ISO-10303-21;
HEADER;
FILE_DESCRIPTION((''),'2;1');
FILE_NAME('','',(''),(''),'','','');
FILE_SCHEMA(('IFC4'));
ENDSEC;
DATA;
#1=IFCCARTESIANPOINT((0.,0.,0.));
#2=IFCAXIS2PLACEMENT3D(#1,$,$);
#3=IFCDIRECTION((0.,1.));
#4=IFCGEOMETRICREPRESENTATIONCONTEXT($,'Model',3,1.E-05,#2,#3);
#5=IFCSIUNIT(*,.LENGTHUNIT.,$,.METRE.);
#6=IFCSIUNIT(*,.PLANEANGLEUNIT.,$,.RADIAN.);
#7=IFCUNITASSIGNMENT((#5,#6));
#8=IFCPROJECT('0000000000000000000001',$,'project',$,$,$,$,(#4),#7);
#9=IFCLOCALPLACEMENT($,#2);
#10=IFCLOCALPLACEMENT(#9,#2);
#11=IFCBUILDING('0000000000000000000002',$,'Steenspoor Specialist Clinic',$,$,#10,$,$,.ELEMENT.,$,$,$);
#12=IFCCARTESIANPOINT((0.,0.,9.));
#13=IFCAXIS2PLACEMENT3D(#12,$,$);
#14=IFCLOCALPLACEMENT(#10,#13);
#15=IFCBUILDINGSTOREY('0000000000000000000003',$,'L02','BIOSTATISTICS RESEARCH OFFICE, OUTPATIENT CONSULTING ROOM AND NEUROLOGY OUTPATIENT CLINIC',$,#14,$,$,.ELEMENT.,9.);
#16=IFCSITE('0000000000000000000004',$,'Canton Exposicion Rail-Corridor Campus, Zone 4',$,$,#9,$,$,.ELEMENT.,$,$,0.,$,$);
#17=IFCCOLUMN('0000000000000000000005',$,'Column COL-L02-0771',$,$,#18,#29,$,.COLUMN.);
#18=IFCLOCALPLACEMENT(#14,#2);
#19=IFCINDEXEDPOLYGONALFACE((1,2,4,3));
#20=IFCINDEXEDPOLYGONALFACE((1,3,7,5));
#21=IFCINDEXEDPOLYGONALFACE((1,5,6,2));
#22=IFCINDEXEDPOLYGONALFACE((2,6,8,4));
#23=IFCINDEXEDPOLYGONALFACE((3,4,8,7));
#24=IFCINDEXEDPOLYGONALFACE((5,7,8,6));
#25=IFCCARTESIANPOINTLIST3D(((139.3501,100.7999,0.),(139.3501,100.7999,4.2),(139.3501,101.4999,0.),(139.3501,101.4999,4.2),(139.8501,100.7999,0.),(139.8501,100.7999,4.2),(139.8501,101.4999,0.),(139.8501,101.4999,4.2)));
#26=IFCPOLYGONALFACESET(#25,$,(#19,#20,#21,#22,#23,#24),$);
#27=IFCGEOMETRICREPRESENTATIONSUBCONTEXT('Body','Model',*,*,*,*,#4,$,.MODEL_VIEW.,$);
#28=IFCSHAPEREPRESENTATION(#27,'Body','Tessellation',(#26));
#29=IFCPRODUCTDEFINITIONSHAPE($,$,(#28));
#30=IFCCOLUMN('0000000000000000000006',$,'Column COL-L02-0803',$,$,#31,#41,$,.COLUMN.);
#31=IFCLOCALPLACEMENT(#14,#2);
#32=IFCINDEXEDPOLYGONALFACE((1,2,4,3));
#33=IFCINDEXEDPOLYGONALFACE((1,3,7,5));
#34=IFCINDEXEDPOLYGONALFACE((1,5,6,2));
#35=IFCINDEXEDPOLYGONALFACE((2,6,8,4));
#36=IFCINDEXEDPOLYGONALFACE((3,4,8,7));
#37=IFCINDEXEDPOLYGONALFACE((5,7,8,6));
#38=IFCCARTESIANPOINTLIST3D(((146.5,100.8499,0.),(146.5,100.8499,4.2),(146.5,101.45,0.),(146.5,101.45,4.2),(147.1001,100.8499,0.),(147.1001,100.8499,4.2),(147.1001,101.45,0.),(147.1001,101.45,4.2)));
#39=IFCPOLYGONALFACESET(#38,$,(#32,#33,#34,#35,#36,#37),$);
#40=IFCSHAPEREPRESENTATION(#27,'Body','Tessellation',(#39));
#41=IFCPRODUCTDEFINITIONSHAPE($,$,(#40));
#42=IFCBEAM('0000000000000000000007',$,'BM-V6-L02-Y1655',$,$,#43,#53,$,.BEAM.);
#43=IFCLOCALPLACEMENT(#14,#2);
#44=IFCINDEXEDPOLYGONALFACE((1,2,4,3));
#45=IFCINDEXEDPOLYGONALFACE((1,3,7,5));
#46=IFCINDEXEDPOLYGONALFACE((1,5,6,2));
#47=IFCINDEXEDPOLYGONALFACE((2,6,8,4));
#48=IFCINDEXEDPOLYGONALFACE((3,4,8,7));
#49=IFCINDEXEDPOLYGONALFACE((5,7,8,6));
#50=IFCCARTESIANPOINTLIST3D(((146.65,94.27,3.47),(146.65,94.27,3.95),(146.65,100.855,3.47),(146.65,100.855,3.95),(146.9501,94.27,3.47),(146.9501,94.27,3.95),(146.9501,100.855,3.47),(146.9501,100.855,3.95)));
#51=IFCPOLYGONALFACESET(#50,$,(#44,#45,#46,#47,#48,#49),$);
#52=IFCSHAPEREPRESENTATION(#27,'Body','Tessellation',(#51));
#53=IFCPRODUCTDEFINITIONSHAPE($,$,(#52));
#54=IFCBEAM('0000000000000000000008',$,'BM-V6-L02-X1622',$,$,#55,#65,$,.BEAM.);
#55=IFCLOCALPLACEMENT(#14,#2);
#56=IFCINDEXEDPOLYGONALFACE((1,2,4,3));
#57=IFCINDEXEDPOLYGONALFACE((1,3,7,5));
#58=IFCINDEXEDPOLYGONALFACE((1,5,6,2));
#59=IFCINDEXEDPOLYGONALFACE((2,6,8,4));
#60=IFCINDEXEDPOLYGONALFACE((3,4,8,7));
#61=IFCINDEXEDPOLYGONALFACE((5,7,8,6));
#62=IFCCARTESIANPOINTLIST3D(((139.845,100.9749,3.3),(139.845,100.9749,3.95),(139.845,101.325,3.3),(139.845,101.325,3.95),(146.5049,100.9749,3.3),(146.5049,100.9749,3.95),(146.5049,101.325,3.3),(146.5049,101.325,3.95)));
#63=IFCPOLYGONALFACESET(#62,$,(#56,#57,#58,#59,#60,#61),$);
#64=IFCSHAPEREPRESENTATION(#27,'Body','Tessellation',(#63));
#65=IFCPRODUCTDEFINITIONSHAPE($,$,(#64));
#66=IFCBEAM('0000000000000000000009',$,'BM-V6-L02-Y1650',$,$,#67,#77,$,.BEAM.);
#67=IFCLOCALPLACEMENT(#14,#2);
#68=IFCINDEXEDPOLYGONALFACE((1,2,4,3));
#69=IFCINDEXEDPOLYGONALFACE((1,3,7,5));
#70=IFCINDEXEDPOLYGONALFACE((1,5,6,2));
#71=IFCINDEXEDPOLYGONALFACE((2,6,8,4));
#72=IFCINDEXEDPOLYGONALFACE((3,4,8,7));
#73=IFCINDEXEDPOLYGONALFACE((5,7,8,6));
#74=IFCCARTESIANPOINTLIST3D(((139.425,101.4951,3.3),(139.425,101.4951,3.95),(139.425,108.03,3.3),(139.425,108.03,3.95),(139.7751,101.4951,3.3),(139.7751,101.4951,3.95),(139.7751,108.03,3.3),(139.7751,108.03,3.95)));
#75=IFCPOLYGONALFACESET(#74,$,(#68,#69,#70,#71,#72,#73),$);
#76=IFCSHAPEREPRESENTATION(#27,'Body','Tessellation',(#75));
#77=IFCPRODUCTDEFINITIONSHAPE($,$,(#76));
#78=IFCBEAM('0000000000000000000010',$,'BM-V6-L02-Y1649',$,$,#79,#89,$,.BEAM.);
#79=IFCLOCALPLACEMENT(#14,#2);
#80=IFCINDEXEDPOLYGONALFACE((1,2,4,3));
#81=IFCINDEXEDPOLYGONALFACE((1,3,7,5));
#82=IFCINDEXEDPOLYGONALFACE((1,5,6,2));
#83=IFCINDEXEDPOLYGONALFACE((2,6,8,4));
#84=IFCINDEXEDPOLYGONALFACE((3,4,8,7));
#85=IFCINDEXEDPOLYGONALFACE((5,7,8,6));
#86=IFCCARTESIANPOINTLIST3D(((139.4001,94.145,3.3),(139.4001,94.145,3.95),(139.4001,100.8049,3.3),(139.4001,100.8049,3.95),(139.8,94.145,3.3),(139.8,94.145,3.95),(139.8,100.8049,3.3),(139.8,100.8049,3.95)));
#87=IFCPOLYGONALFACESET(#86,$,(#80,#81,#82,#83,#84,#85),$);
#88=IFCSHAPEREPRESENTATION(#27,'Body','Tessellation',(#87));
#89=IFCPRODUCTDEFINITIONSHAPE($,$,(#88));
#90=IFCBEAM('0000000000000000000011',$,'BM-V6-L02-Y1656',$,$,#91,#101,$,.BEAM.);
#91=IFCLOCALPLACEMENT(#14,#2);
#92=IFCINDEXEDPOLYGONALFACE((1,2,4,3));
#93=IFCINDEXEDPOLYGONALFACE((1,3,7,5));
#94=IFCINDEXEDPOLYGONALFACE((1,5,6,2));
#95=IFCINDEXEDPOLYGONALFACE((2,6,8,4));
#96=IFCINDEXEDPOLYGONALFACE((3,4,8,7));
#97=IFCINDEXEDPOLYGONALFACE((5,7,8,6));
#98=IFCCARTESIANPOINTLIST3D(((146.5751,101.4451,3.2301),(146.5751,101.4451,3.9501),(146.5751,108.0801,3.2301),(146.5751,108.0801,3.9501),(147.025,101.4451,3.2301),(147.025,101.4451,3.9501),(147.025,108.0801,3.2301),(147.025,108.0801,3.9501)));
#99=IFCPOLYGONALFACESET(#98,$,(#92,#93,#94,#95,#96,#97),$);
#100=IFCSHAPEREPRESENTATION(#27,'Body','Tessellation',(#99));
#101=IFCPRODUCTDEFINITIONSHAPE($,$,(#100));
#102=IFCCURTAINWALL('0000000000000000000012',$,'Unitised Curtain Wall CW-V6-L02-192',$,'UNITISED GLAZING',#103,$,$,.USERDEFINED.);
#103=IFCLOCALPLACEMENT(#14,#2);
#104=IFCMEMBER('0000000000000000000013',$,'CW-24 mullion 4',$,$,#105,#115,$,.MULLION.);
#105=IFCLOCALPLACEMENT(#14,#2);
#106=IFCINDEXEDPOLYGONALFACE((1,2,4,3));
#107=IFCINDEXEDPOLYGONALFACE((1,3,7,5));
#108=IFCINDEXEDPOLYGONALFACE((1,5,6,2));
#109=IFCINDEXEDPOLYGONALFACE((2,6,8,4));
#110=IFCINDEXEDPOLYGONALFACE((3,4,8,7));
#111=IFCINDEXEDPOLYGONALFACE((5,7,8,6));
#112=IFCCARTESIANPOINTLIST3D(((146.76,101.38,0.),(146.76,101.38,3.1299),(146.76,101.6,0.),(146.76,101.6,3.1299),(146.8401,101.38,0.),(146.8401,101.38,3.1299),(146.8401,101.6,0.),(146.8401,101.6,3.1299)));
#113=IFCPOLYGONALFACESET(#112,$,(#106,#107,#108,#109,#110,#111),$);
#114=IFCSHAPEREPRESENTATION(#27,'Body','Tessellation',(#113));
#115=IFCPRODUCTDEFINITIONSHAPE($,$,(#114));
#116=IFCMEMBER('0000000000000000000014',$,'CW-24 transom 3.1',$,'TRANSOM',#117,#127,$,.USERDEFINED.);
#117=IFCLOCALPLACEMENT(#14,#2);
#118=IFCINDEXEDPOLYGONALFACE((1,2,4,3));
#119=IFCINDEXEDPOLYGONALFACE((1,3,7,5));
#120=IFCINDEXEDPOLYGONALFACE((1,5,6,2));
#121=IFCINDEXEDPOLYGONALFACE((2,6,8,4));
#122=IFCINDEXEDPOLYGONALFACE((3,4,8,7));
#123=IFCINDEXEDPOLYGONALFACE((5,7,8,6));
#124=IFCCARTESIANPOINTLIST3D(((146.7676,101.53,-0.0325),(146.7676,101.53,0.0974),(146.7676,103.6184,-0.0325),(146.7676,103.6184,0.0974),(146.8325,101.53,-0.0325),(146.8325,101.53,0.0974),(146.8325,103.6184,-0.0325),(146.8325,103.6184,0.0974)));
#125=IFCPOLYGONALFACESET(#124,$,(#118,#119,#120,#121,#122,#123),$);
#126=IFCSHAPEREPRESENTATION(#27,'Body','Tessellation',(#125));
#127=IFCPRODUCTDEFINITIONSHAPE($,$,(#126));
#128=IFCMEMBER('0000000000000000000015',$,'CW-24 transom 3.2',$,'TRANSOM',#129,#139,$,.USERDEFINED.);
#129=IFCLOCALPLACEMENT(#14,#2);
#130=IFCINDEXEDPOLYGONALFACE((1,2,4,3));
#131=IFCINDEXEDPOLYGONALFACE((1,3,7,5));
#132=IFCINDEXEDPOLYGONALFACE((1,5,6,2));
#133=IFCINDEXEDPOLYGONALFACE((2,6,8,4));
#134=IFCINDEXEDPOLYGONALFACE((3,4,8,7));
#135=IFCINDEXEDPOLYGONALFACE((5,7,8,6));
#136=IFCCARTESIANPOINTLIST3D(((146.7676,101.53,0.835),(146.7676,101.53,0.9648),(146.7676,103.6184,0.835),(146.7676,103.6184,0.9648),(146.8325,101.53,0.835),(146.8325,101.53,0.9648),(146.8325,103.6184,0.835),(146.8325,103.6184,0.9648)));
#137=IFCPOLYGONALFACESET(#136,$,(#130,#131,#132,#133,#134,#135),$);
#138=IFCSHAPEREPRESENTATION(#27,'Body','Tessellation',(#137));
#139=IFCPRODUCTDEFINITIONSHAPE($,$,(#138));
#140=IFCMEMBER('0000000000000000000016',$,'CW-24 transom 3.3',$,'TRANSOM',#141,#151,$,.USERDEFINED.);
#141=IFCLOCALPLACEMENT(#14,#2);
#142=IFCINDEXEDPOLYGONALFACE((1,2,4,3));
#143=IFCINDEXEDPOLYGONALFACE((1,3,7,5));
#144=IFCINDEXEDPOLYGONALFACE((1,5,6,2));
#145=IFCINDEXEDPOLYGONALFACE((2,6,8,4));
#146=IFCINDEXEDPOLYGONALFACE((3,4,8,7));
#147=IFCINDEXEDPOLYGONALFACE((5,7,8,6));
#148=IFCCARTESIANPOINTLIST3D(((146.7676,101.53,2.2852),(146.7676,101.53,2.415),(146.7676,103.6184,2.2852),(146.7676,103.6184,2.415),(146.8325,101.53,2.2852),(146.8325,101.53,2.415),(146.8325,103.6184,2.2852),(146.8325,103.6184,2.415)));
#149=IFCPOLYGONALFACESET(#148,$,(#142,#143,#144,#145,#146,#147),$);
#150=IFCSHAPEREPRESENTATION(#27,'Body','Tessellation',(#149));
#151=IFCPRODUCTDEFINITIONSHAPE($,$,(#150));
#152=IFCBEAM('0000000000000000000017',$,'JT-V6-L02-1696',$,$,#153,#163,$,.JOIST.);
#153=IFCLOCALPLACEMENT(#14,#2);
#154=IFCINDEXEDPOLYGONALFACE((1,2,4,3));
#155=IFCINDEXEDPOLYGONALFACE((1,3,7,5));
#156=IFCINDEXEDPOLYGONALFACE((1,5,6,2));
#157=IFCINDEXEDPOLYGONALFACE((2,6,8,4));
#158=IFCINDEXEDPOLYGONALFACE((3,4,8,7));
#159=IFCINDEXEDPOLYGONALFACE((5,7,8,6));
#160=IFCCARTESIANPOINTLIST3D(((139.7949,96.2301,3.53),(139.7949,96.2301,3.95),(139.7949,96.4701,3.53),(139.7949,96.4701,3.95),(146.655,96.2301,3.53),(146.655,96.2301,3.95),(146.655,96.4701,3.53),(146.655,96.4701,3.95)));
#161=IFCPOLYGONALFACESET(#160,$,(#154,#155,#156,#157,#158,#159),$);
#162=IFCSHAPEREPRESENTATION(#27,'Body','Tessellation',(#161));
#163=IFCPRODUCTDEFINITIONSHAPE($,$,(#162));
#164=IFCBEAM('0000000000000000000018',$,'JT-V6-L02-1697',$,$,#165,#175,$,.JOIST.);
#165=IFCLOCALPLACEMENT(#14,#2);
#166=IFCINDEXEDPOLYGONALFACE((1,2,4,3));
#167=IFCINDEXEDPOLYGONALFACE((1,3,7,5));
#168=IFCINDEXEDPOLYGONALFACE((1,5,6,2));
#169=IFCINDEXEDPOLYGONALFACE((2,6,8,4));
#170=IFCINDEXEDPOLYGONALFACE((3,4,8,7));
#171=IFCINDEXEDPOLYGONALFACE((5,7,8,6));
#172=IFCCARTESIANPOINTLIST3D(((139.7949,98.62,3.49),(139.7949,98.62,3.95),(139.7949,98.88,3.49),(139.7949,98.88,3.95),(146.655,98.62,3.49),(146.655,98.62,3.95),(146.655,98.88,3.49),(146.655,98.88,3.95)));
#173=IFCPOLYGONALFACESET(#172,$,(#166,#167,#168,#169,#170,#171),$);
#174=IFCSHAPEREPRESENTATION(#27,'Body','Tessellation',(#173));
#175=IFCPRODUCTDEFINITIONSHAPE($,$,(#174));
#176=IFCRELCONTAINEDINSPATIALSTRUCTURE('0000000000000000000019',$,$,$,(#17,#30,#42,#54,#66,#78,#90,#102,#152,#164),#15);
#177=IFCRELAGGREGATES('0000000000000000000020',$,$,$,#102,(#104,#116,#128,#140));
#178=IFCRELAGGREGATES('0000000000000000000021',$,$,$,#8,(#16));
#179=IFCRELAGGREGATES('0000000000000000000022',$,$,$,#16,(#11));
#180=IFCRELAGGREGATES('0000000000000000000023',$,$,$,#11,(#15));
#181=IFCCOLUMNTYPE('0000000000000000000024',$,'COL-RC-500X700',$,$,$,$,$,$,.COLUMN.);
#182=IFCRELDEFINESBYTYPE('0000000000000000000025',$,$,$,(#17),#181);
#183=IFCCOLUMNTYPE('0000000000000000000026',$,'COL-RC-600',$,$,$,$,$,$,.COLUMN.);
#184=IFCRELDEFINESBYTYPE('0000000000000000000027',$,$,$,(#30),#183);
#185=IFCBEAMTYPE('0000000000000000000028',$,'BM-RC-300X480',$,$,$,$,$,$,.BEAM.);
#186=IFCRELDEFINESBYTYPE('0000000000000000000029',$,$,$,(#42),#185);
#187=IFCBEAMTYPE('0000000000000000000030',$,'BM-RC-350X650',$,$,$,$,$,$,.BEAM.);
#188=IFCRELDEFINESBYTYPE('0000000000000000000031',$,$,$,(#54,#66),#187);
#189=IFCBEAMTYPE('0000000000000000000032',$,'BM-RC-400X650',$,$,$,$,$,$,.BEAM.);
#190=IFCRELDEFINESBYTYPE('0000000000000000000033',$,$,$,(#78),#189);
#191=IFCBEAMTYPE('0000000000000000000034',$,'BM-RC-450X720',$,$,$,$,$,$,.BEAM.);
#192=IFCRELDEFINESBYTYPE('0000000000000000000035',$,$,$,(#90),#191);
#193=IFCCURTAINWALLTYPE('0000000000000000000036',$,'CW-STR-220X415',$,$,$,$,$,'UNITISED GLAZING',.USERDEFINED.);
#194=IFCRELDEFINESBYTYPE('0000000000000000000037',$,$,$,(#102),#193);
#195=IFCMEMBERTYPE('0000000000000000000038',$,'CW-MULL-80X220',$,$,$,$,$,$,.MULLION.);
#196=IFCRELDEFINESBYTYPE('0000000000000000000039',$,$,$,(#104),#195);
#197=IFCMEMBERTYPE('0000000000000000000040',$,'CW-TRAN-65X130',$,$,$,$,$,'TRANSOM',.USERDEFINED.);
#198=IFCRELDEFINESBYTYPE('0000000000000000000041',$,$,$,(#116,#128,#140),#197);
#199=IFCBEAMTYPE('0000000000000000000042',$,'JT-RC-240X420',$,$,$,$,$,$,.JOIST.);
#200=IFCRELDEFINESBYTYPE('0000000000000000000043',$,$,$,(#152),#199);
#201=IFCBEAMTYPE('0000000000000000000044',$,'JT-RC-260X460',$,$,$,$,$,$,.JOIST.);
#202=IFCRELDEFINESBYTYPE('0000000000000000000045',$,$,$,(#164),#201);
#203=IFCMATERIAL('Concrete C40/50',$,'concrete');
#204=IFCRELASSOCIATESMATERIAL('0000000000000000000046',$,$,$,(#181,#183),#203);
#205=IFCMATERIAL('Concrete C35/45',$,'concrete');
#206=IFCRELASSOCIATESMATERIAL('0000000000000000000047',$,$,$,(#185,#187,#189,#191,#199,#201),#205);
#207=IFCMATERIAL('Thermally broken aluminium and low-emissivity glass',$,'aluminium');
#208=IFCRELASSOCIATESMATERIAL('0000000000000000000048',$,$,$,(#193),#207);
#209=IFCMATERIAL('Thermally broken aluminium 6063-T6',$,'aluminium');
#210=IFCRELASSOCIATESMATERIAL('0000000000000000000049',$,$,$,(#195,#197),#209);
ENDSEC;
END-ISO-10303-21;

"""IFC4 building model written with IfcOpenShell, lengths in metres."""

from ifc_helpers import new_model, si_unit, direction, frame, origin, origin_2d, place, context, subcontext, project, spatial, rectangle, extrude, material, material_profile, profile_set, type_object, element, aggregate, save


model = new_model("IFC4")

# Units and contexts
model_context = context("Model", 3, precision=1e-05, world=origin(), true_north=direction((0.0, 1.0)))
body_context = subcontext(model_context, "Body", "Model", "MODEL_VIEW")
ifc_project = project(units=[si_unit("LENGTHUNIT", "METRE"), si_unit("PLANEANGLEUNIT", "RADIAN")], contexts=[model_context])

# Site, building, storey
site_placement = place(None, origin())
site = spatial("IfcSite", under=ifc_project, at=site_placement, Name="Canton Exposicion Rail-Corridor Campus, Zone 4", CompositionType="ELEMENT", RefElevation=0.0)
building_placement = place(site_placement, origin())
building = spatial("IfcBuilding", under=site, at=building_placement, Name="Steenspoor Specialist Clinic", CompositionType="ELEMENT")
storey_placement = place(building_placement, frame((0.0, 0.0, 9.0)))
storey = spatial("IfcBuildingStorey", under=building, at=storey_placement, Name="L02", Description="BIOSTATISTICS RESEARCH OFFICE, OUTPATIENT CONSULTING ROOM AND NEUROLOGY OUTPATIENT CLINIC", CompositionType="ELEMENT", Elevation=9.0)

# Columns
ifc_material_1 = material(Name="Concrete C40/50", Category="concrete")
ifc_material_profile_1 = material_profile(ifc_material_1, rectangle(XDim=0.5, YDim=0.7, at=origin_2d()), Name="RC-COL-500X700")
ifc_profile_set_1 = profile_set([ifc_material_profile_1], Name="Concrete C40/50")
column_type_1 = type_object("IfcColumnType", Name="COL-RC-500X700", PredefinedType="COLUMN", material=ifc_profile_set_1)
column_1_placement = place(storey_placement, frame((139.6001, 101.1499, 0.0), z_axis=(0.0, 0.0, 1.0), x_axis=(1.0, 0.0, 0.0)))
element("IfcColumn", 1, at=column_1_placement, inside=storey, type_object=column_type_1, Name="Column COL-L02-0771", PredefinedType="COLUMN", context=body_context, shape_type="SweptSolid", body=[
    extrude(rectangle(XDim=0.5, YDim=0.7, at=origin_2d()), origin(), (0.0, 0.0, 1.0), 4.2),
])
ifc_material_profile_2 = material_profile(ifc_material_1, rectangle(XDim=0.6001, YDim=0.6001, at=origin_2d()), Name="RC-COL-600X600")
ifc_profile_set_2 = profile_set([ifc_material_profile_2], Name="Concrete C40/50")
column_type_2 = type_object("IfcColumnType", Name="COL-RC-600", PredefinedType="COLUMN", material=ifc_profile_set_2)
column_2_placement = place(storey_placement, frame((146.8, 101.1499, 0.0), z_axis=(0.0, 0.0, 1.0), x_axis=(1.0, 0.0, 0.0)))
element("IfcColumn", 2, at=column_2_placement, inside=storey, type_object=column_type_2, Name="Column COL-L02-0803", PredefinedType="COLUMN", context=body_context, shape_type="SweptSolid", body=[
    extrude(rectangle(XDim=0.6001, YDim=0.6001, at=origin_2d()), origin(), (0.0, 0.0, 1.0), 4.2),
])

# Beams
ifc_material_2 = material(Name="Concrete C35/45", Category="concrete")
ifc_material_profile_3 = material_profile(ifc_material_2, rectangle(XDim=0.3, YDim=0.48, at=origin_2d()), Name="RC-BM-300X480")
ifc_profile_set_3 = profile_set([ifc_material_profile_3], Name="Concrete C35/45")
beam_type_1 = type_object("IfcBeamType", Name="BM-RC-300X480", PredefinedType="BEAM", material=ifc_profile_set_3)
beam_1_placement = place(storey_placement, frame((146.8, 94.27, 3.71), z_axis=(0.0, 1.0, 0.0), x_axis=(-1.0, 0.0, 0.0)))
element("IfcBeam", 3, at=beam_1_placement, inside=storey, type_object=beam_type_1, Name="BM-V6-L02-Y1655", PredefinedType="BEAM", context=body_context, shape_type="SweptSolid", body=[
    extrude(rectangle(XDim=0.3, YDim=0.48, at=origin_2d()), origin(), (0.0, 0.0, 1.0), 6.585),
])
ifc_material_profile_4 = material_profile(ifc_material_2, rectangle(XDim=0.3501, YDim=0.6499, at=origin_2d()), Name="RC-BM-350X650")
ifc_profile_set_4 = profile_set([ifc_material_profile_4], Name="Concrete C35/45")
beam_type_2 = type_object("IfcBeamType", Name="BM-RC-350X650", PredefinedType="BEAM", material=ifc_profile_set_4)
beam_2_placement = place(storey_placement, frame((139.845, 101.1499, 3.625), z_axis=(1.0, 0.0, 0.0), x_axis=(0.0, 1.0, 0.0)))
element("IfcBeam", 4, at=beam_2_placement, inside=storey, type_object=beam_type_2, Name="BM-V6-L02-X1622", PredefinedType="BEAM", context=body_context, shape_type="SweptSolid", body=[
    extrude(rectangle(XDim=0.3501, YDim=0.6499, at=origin_2d()), origin(), (0.0, 0.0, 1.0), 6.6599),
])
beam_3_placement = place(storey_placement, frame((139.6001, 101.4951, 3.625), z_axis=(0.0, 1.0, 0.0), x_axis=(-1.0, 0.0, 0.0)))
element("IfcBeam", 5, at=beam_3_placement, inside=storey, type_object=beam_type_2, Name="BM-V6-L02-Y1650", PredefinedType="BEAM", context=body_context, shape_type="SweptSolid", body=[
    extrude(rectangle(XDim=0.3501, YDim=0.6499, at=origin_2d()), origin(), (0.0, 0.0, 1.0), 6.5349),
])
ifc_material_profile_5 = material_profile(ifc_material_2, rectangle(XDim=0.3999, YDim=0.6499, at=origin_2d()), Name="RC-BM-400X650")
ifc_profile_set_5 = profile_set([ifc_material_profile_5], Name="Concrete C35/45")
beam_type_3 = type_object("IfcBeamType", Name="BM-RC-400X650", PredefinedType="BEAM", material=ifc_profile_set_5)
beam_4_placement = place(storey_placement, frame((139.6001, 94.145, 3.625), z_axis=(0.0, 1.0, 0.0), x_axis=(-1.0, 0.0, 0.0)))
element("IfcBeam", 6, at=beam_4_placement, inside=storey, type_object=beam_type_3, Name="BM-V6-L02-Y1649", PredefinedType="BEAM", context=body_context, shape_type="SweptSolid", body=[
    extrude(rectangle(XDim=0.3999, YDim=0.6499, at=origin_2d()), origin(), (0.0, 0.0, 1.0), 6.6599),
])
ifc_material_profile_6 = material_profile(ifc_material_2, rectangle(XDim=0.45, YDim=0.72, at=origin_2d()), Name="RC-BM-450X720")
ifc_profile_set_6 = profile_set([ifc_material_profile_6], Name="Concrete C35/45")
beam_type_4 = type_object("IfcBeamType", Name="BM-RC-450X720", PredefinedType="BEAM", material=ifc_profile_set_6)
beam_5_placement = place(storey_placement, frame((146.8, 101.4451, 3.5901), z_axis=(0.0, 1.0, 0.0), x_axis=(-1.0, 0.0, 0.0)))
element("IfcBeam", 7, at=beam_5_placement, inside=storey, type_object=beam_type_4, Name="BM-V6-L02-Y1656", PredefinedType="BEAM", context=body_context, shape_type="SweptSolid", body=[
    extrude(rectangle(XDim=0.45, YDim=0.72, at=origin_2d()), origin(), (0.0, 0.0, 1.0), 6.635),
])

# Curtain wall, members
ifc_material_3 = material(Name="Thermally broken aluminium and low-emissivity glass", Category="aluminium")
curtain_wall_type = type_object("IfcCurtainWallType", Name="CW-STR-220X415", ElementType="UNITISED GLAZING", PredefinedType="USERDEFINED", material=ifc_material_3)
curtain_wall_placement = place(storey_placement, origin())
curtain_wall = element("IfcCurtainWall", 8, at=curtain_wall_placement, inside=storey, type_object=curtain_wall_type, Name="Unitised Curtain Wall CW-V6-L02-192", ObjectType="UNITISED GLAZING", PredefinedType="USERDEFINED")
ifc_material_4 = material(Name="Thermally broken aluminium 6063-T6", Category="aluminium")
ifc_material_profile_7 = material_profile(ifc_material_4, rectangle(XDim=0.0801, YDim=0.22, at=origin_2d()), Name="CWM-80X220")
ifc_profile_set_7 = profile_set([ifc_material_profile_7], Name="Thermally broken aluminium 6063-T6")
member_type_1 = type_object("IfcMemberType", Name="CW-MULL-80X220", PredefinedType="MULLION", material=ifc_profile_set_7)
member_1_placement = place(storey_placement, frame((146.8, 101.49, 0.0), z_axis=(0.0, 0.0, 1.0), x_axis=(1.0, 0.0, 0.0)))
member_1 = element("IfcMember", 9, at=member_1_placement, type_object=member_type_1, Name="CW-24 mullion 4", PredefinedType="MULLION", context=body_context, shape_type="SweptSolid", body=[
    extrude(rectangle(XDim=0.0801, YDim=0.22, at=origin_2d()), origin(), (0.0, 0.0, 1.0), 3.1299),
])
ifc_material_profile_8 = material_profile(ifc_material_4, rectangle(XDim=0.0649, YDim=0.1299, at=origin_2d()), Name="CWT-65X130")
ifc_profile_set_8 = profile_set([ifc_material_profile_8], Name="Thermally broken aluminium 6063-T6")
member_type_2 = type_object("IfcMemberType", Name="CW-TRAN-65X130", ElementType="TRANSOM", PredefinedType="USERDEFINED", material=ifc_profile_set_8)
member_2_placement = place(storey_placement, frame((146.8, 103.6184, 0.0325), z_axis=(0.0, -1.0, 0.0), x_axis=(1.0, 0.0, 0.0)))
member_2 = element("IfcMember", 10, at=member_2_placement, type_object=member_type_2, Name="CW-24 transom 3.1", ObjectType="TRANSOM", PredefinedType="USERDEFINED", context=body_context, shape_type="SweptSolid", body=[
    extrude(rectangle(XDim=0.0649, YDim=0.1299, at=origin_2d()), origin(), (0.0, 0.0, 1.0), 2.0884),
])
member_3_placement = place(storey_placement, frame((146.8, 103.6184, 0.8999), z_axis=(0.0, -1.0, 0.0), x_axis=(1.0, 0.0, 0.0)))
member_3 = element("IfcMember", 11, at=member_3_placement, type_object=member_type_2, Name="CW-24 transom 3.2", ObjectType="TRANSOM", PredefinedType="USERDEFINED", context=body_context, shape_type="SweptSolid", body=[
    extrude(rectangle(XDim=0.0649, YDim=0.1299, at=origin_2d()), origin(), (0.0, 0.0, 1.0), 2.0884),
])
member_4_placement = place(storey_placement, frame((146.8, 103.6184, 2.3501), z_axis=(0.0, -1.0, 0.0), x_axis=(1.0, 0.0, 0.0)))
member_4 = element("IfcMember", 12, at=member_4_placement, type_object=member_type_2, Name="CW-24 transom 3.3", ObjectType="TRANSOM", PredefinedType="USERDEFINED", context=body_context, shape_type="SweptSolid", body=[
    extrude(rectangle(XDim=0.0649, YDim=0.1299, at=origin_2d()), origin(), (0.0, 0.0, 1.0), 2.0884),
])

# Beams
ifc_material_profile_9 = material_profile(ifc_material_2, rectangle(XDim=0.24, YDim=0.4199, at=origin_2d()), Name="RC-JT-240X420")
ifc_profile_set_9 = profile_set([ifc_material_profile_9], Name="Concrete C35/45")
beam_type_5 = type_object("IfcBeamType", Name="JT-RC-240X420", PredefinedType="JOIST", material=ifc_profile_set_9)
beam_6_placement = place(storey_placement, frame((139.7949, 96.3501, 3.74), z_axis=(1.0, 0.0, 0.0), x_axis=(0.0, 1.0, 0.0)))
element("IfcBeam", 13, at=beam_6_placement, inside=storey, type_object=beam_type_5, Name="JT-V6-L02-1696", PredefinedType="JOIST", context=body_context, shape_type="SweptSolid", body=[
    extrude(rectangle(XDim=0.24, YDim=0.4199, at=origin_2d()), origin(), (0.0, 0.0, 1.0), 6.8601),
])
ifc_material_profile_10 = material_profile(ifc_material_2, rectangle(XDim=0.26, YDim=0.46, at=origin_2d()), Name="RC-JT-260X460")
ifc_profile_set_10 = profile_set([ifc_material_profile_10], Name="Concrete C35/45")
beam_type_6 = type_object("IfcBeamType", Name="JT-RC-260X460", PredefinedType="JOIST", material=ifc_profile_set_10)
beam_7_placement = place(storey_placement, frame((139.7949, 98.75, 3.72), z_axis=(1.0, 0.0, 0.0), x_axis=(0.0, 1.0, 0.0)))
element("IfcBeam", 14, at=beam_7_placement, inside=storey, type_object=beam_type_6, Name="JT-V6-L02-1697", PredefinedType="JOIST", context=body_context, shape_type="SweptSolid", body=[
    extrude(rectangle(XDim=0.26, YDim=0.46, at=origin_2d()), origin(), (0.0, 0.0, 1.0), 6.8601),
])

aggregate(curtain_wall, [member_1, member_2, member_3, member_4])

save(model, "model.ifc")
